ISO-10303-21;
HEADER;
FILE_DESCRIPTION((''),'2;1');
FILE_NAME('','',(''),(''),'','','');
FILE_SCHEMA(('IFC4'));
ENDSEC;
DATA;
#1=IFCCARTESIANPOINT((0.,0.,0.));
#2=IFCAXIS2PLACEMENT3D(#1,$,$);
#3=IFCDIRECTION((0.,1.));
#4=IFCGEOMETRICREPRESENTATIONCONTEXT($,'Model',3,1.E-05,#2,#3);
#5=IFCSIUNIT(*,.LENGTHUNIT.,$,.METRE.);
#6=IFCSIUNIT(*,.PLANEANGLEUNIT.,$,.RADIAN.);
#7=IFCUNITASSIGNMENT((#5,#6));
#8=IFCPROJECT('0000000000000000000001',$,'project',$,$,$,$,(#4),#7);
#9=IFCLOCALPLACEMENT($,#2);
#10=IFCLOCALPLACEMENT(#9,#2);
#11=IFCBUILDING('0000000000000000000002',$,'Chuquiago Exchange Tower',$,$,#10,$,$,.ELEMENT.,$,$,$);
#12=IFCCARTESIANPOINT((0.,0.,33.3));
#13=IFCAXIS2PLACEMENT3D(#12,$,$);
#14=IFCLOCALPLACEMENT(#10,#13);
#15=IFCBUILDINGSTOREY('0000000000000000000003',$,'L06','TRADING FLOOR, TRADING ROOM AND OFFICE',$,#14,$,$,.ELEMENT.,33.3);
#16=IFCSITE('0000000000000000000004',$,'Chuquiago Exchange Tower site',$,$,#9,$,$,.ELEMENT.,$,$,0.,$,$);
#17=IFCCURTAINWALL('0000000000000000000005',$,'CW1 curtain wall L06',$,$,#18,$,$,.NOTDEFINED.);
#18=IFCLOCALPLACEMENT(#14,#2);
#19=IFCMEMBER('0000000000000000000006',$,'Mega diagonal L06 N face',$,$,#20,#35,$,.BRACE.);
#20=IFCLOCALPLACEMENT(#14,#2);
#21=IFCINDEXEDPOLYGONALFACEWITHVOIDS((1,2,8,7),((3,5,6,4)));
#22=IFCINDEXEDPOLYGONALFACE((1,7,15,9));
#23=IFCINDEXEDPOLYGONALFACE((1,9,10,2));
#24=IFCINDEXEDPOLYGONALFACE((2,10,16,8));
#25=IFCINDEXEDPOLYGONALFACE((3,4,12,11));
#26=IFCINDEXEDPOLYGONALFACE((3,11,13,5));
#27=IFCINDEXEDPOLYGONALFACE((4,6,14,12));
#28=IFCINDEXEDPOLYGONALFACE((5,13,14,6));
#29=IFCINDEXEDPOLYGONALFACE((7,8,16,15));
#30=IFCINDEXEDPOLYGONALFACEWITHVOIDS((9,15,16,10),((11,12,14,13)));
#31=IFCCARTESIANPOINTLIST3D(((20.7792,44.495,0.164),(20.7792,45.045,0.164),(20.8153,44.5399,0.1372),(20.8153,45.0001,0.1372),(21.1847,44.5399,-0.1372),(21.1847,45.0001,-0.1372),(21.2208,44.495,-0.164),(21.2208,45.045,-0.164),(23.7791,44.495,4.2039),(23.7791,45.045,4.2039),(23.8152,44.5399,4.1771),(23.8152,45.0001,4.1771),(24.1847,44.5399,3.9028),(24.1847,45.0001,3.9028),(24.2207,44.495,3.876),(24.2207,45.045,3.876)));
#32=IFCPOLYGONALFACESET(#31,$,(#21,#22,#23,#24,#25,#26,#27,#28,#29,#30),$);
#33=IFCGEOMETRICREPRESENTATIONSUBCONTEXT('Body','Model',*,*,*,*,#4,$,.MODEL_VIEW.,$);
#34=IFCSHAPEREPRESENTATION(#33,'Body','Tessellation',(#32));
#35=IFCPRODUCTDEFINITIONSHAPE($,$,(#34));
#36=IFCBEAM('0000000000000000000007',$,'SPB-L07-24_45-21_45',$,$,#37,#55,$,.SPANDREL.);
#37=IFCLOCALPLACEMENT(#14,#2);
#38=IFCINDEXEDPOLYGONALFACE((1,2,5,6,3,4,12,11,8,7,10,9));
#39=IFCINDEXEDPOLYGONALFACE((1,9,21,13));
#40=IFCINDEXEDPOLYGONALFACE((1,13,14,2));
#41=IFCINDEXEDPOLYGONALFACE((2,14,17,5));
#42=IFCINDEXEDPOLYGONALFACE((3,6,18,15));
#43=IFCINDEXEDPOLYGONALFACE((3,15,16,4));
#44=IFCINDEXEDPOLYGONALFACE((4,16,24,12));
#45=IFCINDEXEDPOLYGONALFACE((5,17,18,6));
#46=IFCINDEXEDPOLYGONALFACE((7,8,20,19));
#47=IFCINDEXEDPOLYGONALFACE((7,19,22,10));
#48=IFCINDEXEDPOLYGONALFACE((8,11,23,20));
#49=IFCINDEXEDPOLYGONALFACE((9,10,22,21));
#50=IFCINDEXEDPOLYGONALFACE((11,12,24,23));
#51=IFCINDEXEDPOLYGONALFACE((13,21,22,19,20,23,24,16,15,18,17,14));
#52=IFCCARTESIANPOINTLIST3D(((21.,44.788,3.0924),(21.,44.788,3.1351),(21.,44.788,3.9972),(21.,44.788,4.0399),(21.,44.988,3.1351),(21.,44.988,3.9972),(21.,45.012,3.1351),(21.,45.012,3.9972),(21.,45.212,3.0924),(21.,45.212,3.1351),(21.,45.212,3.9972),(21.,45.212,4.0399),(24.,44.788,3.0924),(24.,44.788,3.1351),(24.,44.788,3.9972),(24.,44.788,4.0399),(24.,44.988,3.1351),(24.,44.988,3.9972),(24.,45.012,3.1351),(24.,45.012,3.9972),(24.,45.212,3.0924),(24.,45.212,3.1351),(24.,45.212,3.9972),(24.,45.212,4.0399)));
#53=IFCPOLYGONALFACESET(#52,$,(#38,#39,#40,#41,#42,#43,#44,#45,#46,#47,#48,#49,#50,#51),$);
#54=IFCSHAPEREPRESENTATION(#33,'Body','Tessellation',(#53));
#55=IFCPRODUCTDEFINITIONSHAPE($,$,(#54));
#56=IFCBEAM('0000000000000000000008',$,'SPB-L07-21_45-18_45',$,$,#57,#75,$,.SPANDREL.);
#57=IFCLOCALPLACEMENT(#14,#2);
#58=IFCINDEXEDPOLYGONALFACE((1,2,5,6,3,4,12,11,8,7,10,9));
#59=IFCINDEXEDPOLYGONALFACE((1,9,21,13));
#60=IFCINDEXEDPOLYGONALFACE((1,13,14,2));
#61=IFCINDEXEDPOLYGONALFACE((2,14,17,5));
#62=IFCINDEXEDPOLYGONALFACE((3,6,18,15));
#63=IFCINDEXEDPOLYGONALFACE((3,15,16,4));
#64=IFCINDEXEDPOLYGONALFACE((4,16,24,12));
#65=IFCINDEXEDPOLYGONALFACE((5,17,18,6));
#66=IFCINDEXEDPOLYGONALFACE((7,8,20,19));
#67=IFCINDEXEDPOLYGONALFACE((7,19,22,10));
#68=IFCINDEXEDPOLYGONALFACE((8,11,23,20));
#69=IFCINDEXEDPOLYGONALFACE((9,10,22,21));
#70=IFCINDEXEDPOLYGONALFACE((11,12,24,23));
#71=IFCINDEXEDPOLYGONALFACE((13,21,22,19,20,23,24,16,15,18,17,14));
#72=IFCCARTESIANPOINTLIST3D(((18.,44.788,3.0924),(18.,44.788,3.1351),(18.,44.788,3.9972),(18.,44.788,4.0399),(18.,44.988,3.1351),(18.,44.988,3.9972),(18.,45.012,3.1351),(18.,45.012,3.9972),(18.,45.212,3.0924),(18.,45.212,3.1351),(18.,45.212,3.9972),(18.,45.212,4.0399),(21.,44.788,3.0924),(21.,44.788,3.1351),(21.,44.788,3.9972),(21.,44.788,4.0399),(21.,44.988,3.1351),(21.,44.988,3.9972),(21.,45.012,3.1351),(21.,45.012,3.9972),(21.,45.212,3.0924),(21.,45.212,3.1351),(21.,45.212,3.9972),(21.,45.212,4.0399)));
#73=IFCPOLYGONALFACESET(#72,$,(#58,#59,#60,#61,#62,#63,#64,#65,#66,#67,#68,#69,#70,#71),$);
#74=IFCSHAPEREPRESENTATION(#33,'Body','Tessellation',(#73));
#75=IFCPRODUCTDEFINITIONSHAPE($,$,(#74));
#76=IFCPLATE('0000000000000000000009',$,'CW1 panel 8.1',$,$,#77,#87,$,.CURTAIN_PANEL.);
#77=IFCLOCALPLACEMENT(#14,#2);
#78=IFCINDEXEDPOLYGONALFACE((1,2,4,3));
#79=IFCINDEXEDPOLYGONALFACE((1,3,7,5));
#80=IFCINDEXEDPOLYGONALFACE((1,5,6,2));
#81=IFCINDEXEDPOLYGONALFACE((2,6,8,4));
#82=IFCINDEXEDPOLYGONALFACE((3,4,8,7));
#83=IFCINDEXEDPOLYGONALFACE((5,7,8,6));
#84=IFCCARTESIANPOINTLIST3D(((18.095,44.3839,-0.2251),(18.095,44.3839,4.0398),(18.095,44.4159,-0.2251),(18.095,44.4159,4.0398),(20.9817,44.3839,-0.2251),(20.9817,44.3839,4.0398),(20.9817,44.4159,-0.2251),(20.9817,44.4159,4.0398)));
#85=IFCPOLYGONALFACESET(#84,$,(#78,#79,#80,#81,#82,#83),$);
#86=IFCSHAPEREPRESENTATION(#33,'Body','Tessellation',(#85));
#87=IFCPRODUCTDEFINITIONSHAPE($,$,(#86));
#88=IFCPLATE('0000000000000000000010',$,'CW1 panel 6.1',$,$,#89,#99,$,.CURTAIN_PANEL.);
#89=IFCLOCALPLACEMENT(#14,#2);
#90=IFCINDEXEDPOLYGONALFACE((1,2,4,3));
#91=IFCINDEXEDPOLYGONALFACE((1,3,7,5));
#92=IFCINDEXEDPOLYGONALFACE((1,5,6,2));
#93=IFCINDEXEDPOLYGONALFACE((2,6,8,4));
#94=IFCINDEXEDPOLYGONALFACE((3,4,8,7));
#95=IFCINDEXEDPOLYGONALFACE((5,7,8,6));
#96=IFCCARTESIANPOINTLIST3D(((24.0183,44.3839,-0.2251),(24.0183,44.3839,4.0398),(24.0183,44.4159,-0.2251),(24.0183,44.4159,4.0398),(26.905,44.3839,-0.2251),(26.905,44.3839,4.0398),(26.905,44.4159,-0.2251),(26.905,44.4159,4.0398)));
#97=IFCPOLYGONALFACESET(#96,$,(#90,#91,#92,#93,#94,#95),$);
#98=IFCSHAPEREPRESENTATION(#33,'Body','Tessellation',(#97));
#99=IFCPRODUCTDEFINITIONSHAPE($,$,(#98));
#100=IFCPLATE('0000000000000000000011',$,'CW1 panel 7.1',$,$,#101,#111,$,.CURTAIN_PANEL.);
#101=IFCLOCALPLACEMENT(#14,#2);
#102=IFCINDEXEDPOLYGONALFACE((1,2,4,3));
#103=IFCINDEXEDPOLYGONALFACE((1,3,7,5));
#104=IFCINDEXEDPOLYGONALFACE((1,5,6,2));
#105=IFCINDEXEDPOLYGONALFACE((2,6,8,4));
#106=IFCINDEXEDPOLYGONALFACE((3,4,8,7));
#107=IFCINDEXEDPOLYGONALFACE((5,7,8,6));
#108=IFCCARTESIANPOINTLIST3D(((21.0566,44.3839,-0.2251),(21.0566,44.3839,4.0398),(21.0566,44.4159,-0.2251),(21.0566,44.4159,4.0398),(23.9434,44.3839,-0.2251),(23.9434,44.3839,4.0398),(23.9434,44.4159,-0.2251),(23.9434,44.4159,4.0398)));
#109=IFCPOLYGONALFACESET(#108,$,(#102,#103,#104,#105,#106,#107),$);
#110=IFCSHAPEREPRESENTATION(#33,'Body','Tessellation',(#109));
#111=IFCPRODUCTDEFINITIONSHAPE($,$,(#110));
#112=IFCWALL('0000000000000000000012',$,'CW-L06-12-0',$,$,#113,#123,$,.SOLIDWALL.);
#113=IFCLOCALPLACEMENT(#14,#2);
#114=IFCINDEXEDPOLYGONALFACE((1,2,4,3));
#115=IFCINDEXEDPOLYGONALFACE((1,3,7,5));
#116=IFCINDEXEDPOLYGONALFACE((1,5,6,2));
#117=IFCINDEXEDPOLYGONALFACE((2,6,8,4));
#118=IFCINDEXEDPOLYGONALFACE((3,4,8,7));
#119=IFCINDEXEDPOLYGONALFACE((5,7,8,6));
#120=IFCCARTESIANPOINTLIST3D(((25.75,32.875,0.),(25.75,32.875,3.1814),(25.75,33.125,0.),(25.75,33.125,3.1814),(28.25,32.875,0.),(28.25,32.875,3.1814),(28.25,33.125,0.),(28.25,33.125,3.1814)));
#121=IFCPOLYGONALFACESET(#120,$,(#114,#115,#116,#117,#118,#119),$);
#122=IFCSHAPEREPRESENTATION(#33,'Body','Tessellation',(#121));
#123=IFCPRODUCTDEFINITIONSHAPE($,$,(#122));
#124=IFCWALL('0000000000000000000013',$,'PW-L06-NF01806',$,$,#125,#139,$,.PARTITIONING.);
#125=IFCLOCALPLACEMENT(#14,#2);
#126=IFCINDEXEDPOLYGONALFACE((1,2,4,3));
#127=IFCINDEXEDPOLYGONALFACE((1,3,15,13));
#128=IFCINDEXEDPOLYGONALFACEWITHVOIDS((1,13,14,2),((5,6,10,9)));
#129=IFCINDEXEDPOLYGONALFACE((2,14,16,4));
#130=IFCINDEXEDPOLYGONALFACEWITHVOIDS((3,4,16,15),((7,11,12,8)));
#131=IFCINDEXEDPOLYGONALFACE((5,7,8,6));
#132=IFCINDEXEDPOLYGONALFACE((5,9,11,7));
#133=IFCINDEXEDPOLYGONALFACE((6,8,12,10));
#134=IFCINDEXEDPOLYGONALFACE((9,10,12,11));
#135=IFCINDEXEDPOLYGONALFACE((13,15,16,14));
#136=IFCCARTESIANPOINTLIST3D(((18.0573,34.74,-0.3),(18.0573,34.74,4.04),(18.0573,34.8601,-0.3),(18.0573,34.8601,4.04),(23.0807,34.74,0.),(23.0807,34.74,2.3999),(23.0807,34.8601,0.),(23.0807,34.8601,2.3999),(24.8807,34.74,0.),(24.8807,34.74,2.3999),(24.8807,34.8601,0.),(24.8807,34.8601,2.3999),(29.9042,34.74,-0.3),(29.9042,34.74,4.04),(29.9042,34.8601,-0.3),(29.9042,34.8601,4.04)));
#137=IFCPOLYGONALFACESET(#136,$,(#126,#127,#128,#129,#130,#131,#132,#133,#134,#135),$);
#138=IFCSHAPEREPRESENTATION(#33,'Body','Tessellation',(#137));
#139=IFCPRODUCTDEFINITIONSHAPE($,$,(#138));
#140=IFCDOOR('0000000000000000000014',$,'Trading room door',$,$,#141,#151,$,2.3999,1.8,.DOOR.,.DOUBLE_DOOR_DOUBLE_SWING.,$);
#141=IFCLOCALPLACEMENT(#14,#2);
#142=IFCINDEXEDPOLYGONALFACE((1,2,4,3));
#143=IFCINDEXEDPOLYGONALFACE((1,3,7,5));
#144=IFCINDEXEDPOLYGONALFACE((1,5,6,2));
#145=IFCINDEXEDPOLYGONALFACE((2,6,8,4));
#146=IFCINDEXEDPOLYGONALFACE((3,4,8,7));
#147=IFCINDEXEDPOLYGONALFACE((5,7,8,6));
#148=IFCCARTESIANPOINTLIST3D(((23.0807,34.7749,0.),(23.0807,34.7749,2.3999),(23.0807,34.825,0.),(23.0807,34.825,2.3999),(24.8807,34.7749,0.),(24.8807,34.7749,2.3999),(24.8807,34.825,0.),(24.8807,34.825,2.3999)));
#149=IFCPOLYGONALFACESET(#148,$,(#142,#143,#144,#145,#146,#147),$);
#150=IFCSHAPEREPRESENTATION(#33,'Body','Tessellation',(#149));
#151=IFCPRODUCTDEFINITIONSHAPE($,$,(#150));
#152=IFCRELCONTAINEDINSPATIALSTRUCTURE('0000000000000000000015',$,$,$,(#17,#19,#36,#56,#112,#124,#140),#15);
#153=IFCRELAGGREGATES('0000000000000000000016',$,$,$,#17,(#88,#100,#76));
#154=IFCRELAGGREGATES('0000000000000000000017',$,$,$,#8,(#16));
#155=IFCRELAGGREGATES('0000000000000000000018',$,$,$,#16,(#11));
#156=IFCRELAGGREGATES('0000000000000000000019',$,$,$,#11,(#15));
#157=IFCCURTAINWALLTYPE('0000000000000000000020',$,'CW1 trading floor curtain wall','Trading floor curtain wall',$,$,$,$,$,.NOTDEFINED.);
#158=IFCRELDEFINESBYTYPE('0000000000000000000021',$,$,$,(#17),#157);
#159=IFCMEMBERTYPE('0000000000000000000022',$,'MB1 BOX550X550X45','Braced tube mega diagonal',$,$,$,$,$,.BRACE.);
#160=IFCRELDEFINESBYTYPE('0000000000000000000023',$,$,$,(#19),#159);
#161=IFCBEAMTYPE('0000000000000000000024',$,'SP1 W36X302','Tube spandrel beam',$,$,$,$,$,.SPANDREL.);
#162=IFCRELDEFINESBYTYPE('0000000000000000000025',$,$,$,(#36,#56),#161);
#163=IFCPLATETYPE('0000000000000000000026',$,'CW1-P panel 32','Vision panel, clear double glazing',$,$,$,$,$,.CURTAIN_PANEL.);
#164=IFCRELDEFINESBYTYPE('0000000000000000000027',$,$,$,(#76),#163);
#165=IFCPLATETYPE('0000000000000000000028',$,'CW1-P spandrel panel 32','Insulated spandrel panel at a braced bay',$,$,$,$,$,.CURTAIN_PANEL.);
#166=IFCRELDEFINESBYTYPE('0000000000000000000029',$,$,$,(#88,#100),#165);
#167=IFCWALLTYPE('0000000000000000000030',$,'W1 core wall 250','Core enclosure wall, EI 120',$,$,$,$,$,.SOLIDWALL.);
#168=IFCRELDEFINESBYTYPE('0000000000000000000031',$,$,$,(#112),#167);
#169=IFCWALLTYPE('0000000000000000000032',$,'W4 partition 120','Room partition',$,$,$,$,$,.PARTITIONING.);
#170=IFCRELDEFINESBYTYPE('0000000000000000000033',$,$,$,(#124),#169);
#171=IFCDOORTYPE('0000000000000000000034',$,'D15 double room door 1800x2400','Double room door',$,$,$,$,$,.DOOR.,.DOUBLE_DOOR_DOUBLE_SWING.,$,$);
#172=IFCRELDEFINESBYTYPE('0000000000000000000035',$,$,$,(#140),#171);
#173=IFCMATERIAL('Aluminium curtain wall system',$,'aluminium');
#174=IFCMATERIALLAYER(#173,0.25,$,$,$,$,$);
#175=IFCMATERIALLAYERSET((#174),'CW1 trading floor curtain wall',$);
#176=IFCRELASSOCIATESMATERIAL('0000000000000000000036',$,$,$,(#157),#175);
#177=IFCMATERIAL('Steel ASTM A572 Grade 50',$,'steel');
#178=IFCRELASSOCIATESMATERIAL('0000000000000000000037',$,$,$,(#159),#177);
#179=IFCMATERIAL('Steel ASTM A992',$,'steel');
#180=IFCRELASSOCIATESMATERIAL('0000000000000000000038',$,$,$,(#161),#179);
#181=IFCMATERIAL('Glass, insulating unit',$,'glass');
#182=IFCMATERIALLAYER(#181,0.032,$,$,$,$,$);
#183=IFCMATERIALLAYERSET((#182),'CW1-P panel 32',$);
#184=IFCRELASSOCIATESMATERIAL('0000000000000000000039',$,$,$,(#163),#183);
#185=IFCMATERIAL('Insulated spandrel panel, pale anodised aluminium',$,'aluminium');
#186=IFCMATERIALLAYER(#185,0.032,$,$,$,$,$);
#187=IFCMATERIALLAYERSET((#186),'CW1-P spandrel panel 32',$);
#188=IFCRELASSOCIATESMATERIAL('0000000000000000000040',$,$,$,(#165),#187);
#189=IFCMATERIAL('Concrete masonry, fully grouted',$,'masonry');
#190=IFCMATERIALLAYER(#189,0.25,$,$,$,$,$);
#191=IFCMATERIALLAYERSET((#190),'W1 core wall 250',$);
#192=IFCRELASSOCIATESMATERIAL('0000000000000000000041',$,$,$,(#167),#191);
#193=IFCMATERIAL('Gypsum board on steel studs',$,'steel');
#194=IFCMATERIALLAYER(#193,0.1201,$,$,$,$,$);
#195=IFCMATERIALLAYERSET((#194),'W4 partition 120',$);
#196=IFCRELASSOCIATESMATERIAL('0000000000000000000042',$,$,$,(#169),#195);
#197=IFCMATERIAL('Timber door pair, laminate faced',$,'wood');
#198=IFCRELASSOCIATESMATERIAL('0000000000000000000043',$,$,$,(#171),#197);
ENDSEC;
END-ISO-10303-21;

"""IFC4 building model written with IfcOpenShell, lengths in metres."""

from ifc_helpers import new_model, si_unit, direction, frame, frame_2d, origin, origin_2d, place, context, subcontext, project, spatial, rectangle, hollow_rectangle, i_section, extrude, material, layer, layer_set, material_profile, profile_set, type_object, element, fill, aggregate, save


model = new_model("IFC4")

# Units and contexts
model_context = context("Model", 3, precision=1e-05, world=origin(), true_north=direction((0.0, 1.0)))
body_context = subcontext(model_context, "Body", "Model", "MODEL_VIEW")
ifc_project = project(units=[si_unit("LENGTHUNIT", "METRE"), si_unit("PLANEANGLEUNIT", "RADIAN")], contexts=[model_context])

# Site, building, storey
site_placement = place(None, origin())
site = spatial("IfcSite", under=ifc_project, at=site_placement, Name="Chuquiago Exchange Tower site", CompositionType="ELEMENT", RefElevation=0.0)
building_placement = place(site_placement, origin())
building = spatial("IfcBuilding", under=site, at=building_placement, Name="Chuquiago Exchange Tower", CompositionType="ELEMENT")
storey_placement = place(building_placement, frame((0.0, 0.0, 33.3)))
storey = spatial("IfcBuildingStorey", under=building, at=storey_placement, Name="L06", Description="TRADING FLOOR, TRADING ROOM AND OFFICE", CompositionType="ELEMENT", Elevation=33.3)

# Curtain wall
ifc_material_1 = material(Name="Aluminium curtain wall system", Category="aluminium")
ifc_layer_1 = layer(ifc_material_1, 0.25)
ifc_layer_set_1 = layer_set([ifc_layer_1], Name="CW1 trading floor curtain wall")
curtain_wall_type = type_object("IfcCurtainWallType", Name="CW1 trading floor curtain wall", Description="Trading floor curtain wall", PredefinedType="NOTDEFINED", material=ifc_layer_set_1)
curtain_wall_placement = place(storey_placement, origin())
curtain_wall = element("IfcCurtainWall", 1, at=curtain_wall_placement, inside=storey, type_object=curtain_wall_type, Name="CW1 curtain wall L06", PredefinedType="NOTDEFINED")

# Member
ifc_material_2 = material(Name="Steel ASTM A572 Grade 50", Category="steel")
ifc_material_profile_1 = material_profile(ifc_material_2, hollow_rectangle(XDim=0.55, YDim=0.55, WallThickness=0.0449, at=origin_2d()), Name="BOX550X550X45")
ifc_profile_set_1 = profile_set([ifc_material_profile_1], Name="Steel ASTM A572 Grade 50")
member_type_1 = type_object("IfcMemberType", Name="MB1 BOX550X550X45", Description="Braced tube mega diagonal", PredefinedType="BRACE", material=ifc_profile_set_1)
for number, where, z_axis, x_axis, name in (
    (2, (21.0, 44.77, 0.0), (0.596174, 0.0, 0.802855), (0.0, 1.0, 0.0), "Mega diagonal L06 N face"),
):
    element("IfcMember", number, at=place(storey_placement, frame(where, z_axis=z_axis, x_axis=x_axis)), inside=storey, type_object=member_type_1, Name=name, PredefinedType="BRACE", context=body_context, shape_type="SweptSolid", body=[
        extrude(hollow_rectangle(XDim=0.55, YDim=0.55, WallThickness=0.0449, at=origin_2d()), origin(), (0.0, 0.0, 1.0), 5.032),
    ])

# Beams
ifc_material_3 = material(Name="Steel ASTM A992", Category="steel")
ifc_material_profile_2 = material_profile(ifc_material_3, i_section(OverallWidth=0.4241, OverallDepth=0.9475, WebThickness=0.0239, FlangeThickness=0.0427, at=origin_2d()), Name="W36X302")
ifc_profile_set_2 = profile_set([ifc_material_profile_2], Name="Steel ASTM A992")
beam_type_1 = type_object("IfcBeamType", Name="SP1 W36X302", Description="Tube spandrel beam", PredefinedType="SPANDREL", material=ifc_profile_set_2)
for number, where, z_axis, x_axis, name in (
    (3, (24.0, 45.0, 3.5662), (-1.0, 0.0, 0.0), (0.0, -1.0, 0.0), "SPB-L07-24_45-21_45"),
    (4, (21.0, 45.0, 3.5662), (-1.0, 0.0, 0.0), (0.0, -1.0, 0.0), "SPB-L07-21_45-18_45"),
):
    element("IfcBeam", number, at=place(storey_placement, frame(where, z_axis=z_axis, x_axis=x_axis)), inside=storey, type_object=beam_type_1, Name=name, PredefinedType="SPANDREL", context=body_context, shape_type="SweptSolid", body=[
        extrude(i_section(OverallWidth=0.4241, OverallDepth=0.9475, WebThickness=0.0239, FlangeThickness=0.0427, at=origin_2d()), origin(), (0.0, 0.0, 1.0), 3.0),
    ])

# Plates
ifc_material_4 = material(Name="Glass, insulating unit", Category="glass")
ifc_layer_2 = layer(ifc_material_4, 0.032)
ifc_layer_set_2 = layer_set([ifc_layer_2], Name="CW1-P panel 32")
plate_type_1 = type_object("IfcPlateType", Name="CW1-P panel 32", Description="Vision panel, clear double glazing", PredefinedType="CURTAIN_PANEL", material=ifc_layer_set_2)
plate_1_placement = place(storey_placement, frame((19.5383, 44.3999, -0.2251), z_axis=(0.0, 0.0, 1.0), x_axis=(-1.0, 0.0, 0.0)))
plate_1 = element("IfcPlate", 5, at=plate_1_placement, type_object=plate_type_1, Name="CW1 panel 8.1", PredefinedType="CURTAIN_PANEL", context=body_context, shape_type="SweptSolid", body=[
    extrude(rectangle(XDim=2.8867, YDim=0.032, at=origin_2d()), origin(), (0.0, 0.0, 1.0), 4.2649),
])
ifc_material_5 = material(Name="Insulated spandrel panel, pale anodised aluminium", Category="aluminium")
ifc_layer_3 = layer(ifc_material_5, 0.032)
ifc_layer_set_3 = layer_set([ifc_layer_3], Name="CW1-P spandrel panel 32")
plate_type_2 = type_object("IfcPlateType", Name="CW1-P spandrel panel 32", Description="Insulated spandrel panel at a braced bay", PredefinedType="CURTAIN_PANEL", material=ifc_layer_set_3)
plate_2_placement = place(storey_placement, frame((25.4617, 44.3999, -0.2251), z_axis=(0.0, 0.0, 1.0), x_axis=(-1.0, 0.0, 0.0)))
plate_2 = element("IfcPlate", 6, at=plate_2_placement, type_object=plate_type_2, Name="CW1 panel 6.1", PredefinedType="CURTAIN_PANEL", context=body_context, shape_type="SweptSolid", body=[
    extrude(rectangle(XDim=2.8867, YDim=0.032, at=origin_2d()), origin(), (0.0, 0.0, 1.0), 4.2649),
])
plate_3_placement = place(storey_placement, frame((22.5, 44.3999, -0.2251), z_axis=(0.0, 0.0, 1.0), x_axis=(-1.0, 0.0, 0.0)))
plate_3 = element("IfcPlate", 7, at=plate_3_placement, type_object=plate_type_2, Name="CW1 panel 7.1", PredefinedType="CURTAIN_PANEL", context=body_context, shape_type="SweptSolid", body=[
    extrude(rectangle(XDim=2.8867, YDim=0.032, at=origin_2d()), origin(), (0.0, 0.0, 1.0), 4.2649),
])
aggregate(curtain_wall, [plate_2, plate_3, plate_1])

# Wall
ifc_material_6 = material(Name="Concrete masonry, fully grouted", Category="masonry")
ifc_layer_4 = layer(ifc_material_6, 0.25)
ifc_layer_set_4 = layer_set([ifc_layer_4], Name="W1 core wall 250")
wall_type_1 = type_object("IfcWallType", Name="W1 core wall 250", Description="Core enclosure wall, EI 120", PredefinedType="SOLIDWALL", material=ifc_layer_set_4)
wall_1_placement = place(storey_placement, frame((25.75, 33.0, 0.0), z_axis=(0.0, 0.0, 1.0), x_axis=(1.0, 0.0, 0.0)))
element("IfcWall", 8, at=wall_1_placement, inside=storey, type_object=wall_type_1, Name="CW-L06-12-0", PredefinedType="SOLIDWALL", context=body_context, shape_type="SweptSolid", body=[
    extrude(rectangle(XDim=2.5, YDim=0.25, at=frame_2d((1.25, 0.0))), origin(), (0.0, 0.0, 1.0), 3.1814),
])

# Wall, opening, door
ifc_material_7 = material(Name="Gypsum board on steel studs", Category="steel")
ifc_layer_5 = layer(ifc_material_7, 0.1201)
ifc_layer_set_5 = layer_set([ifc_layer_5], Name="W4 partition 120")
wall_type_2 = type_object("IfcWallType", Name="W4 partition 120", Description="Room partition", PredefinedType="PARTITIONING", material=ifc_layer_set_5)
wall_2_placement = place(storey_placement, frame((18.0574, 34.8, -0.3), z_axis=(0.0, 0.0, 1.0), x_axis=(1.0, 0.0, 0.0)))
wall_2 = element("IfcWall", 9, at=wall_2_placement, inside=storey, type_object=wall_type_2, Name="PW-L06-NF01806", PredefinedType="PARTITIONING", context=body_context, shape_type="SweptSolid", body=[
    extrude(rectangle(XDim=11.8469, YDim=0.1201, at=frame_2d((5.9233, 0.0))), origin(), (0.0, 0.0, 1.0), 4.3401),
])
opening_placement = place(wall_2_placement, frame((5.0234, 0.0, 0.3)))
opening = element("IfcOpeningElement", 10, at=opening_placement, cuts=wall_2, PredefinedType="OPENING", context=body_context, shape_type="SweptSolid", body=[
    extrude(rectangle(XDim=1.8, YDim=2.3999, at=frame_2d((0.8999, 1.2))), frame((0.0, 0.0701, 0.0), z_axis=(0.0, -1.0, 0.0), x_axis=(1.0, 0.0, 0.0)), (0.0, 0.0, 1.0), 0.1401),
])
ifc_material_8 = material(Name="Timber door pair, laminate faced", Category="wood")
door_type = type_object("IfcDoorType", Name="D15 double room door 1800x2400", Description="Double room door", OperationType="DOUBLE_DOOR_DOUBLE_SWING", PredefinedType="DOOR", material=ifc_material_8)
door_placement = place(opening_placement, origin())
door = element("IfcDoor", 11, at=door_placement, inside=storey, type_object=door_type, Name="Trading room door", OperationType="DOUBLE_DOOR_DOUBLE_SWING", OverallHeight=2.3999, OverallWidth=1.8, PredefinedType="DOOR", context=body_context, shape_type="SweptSolid", body=[
    extrude(rectangle(XDim=1.8, YDim=2.3999, at=frame_2d((0.8999, 1.2))), frame((0.0, 0.0249, 0.0), z_axis=(0.0, -1.0, 0.0), x_axis=(1.0, 0.0, 0.0)), (0.0, 0.0, 1.0), 0.05),
])
fill(opening, door)

save(model, "model.ifc")
